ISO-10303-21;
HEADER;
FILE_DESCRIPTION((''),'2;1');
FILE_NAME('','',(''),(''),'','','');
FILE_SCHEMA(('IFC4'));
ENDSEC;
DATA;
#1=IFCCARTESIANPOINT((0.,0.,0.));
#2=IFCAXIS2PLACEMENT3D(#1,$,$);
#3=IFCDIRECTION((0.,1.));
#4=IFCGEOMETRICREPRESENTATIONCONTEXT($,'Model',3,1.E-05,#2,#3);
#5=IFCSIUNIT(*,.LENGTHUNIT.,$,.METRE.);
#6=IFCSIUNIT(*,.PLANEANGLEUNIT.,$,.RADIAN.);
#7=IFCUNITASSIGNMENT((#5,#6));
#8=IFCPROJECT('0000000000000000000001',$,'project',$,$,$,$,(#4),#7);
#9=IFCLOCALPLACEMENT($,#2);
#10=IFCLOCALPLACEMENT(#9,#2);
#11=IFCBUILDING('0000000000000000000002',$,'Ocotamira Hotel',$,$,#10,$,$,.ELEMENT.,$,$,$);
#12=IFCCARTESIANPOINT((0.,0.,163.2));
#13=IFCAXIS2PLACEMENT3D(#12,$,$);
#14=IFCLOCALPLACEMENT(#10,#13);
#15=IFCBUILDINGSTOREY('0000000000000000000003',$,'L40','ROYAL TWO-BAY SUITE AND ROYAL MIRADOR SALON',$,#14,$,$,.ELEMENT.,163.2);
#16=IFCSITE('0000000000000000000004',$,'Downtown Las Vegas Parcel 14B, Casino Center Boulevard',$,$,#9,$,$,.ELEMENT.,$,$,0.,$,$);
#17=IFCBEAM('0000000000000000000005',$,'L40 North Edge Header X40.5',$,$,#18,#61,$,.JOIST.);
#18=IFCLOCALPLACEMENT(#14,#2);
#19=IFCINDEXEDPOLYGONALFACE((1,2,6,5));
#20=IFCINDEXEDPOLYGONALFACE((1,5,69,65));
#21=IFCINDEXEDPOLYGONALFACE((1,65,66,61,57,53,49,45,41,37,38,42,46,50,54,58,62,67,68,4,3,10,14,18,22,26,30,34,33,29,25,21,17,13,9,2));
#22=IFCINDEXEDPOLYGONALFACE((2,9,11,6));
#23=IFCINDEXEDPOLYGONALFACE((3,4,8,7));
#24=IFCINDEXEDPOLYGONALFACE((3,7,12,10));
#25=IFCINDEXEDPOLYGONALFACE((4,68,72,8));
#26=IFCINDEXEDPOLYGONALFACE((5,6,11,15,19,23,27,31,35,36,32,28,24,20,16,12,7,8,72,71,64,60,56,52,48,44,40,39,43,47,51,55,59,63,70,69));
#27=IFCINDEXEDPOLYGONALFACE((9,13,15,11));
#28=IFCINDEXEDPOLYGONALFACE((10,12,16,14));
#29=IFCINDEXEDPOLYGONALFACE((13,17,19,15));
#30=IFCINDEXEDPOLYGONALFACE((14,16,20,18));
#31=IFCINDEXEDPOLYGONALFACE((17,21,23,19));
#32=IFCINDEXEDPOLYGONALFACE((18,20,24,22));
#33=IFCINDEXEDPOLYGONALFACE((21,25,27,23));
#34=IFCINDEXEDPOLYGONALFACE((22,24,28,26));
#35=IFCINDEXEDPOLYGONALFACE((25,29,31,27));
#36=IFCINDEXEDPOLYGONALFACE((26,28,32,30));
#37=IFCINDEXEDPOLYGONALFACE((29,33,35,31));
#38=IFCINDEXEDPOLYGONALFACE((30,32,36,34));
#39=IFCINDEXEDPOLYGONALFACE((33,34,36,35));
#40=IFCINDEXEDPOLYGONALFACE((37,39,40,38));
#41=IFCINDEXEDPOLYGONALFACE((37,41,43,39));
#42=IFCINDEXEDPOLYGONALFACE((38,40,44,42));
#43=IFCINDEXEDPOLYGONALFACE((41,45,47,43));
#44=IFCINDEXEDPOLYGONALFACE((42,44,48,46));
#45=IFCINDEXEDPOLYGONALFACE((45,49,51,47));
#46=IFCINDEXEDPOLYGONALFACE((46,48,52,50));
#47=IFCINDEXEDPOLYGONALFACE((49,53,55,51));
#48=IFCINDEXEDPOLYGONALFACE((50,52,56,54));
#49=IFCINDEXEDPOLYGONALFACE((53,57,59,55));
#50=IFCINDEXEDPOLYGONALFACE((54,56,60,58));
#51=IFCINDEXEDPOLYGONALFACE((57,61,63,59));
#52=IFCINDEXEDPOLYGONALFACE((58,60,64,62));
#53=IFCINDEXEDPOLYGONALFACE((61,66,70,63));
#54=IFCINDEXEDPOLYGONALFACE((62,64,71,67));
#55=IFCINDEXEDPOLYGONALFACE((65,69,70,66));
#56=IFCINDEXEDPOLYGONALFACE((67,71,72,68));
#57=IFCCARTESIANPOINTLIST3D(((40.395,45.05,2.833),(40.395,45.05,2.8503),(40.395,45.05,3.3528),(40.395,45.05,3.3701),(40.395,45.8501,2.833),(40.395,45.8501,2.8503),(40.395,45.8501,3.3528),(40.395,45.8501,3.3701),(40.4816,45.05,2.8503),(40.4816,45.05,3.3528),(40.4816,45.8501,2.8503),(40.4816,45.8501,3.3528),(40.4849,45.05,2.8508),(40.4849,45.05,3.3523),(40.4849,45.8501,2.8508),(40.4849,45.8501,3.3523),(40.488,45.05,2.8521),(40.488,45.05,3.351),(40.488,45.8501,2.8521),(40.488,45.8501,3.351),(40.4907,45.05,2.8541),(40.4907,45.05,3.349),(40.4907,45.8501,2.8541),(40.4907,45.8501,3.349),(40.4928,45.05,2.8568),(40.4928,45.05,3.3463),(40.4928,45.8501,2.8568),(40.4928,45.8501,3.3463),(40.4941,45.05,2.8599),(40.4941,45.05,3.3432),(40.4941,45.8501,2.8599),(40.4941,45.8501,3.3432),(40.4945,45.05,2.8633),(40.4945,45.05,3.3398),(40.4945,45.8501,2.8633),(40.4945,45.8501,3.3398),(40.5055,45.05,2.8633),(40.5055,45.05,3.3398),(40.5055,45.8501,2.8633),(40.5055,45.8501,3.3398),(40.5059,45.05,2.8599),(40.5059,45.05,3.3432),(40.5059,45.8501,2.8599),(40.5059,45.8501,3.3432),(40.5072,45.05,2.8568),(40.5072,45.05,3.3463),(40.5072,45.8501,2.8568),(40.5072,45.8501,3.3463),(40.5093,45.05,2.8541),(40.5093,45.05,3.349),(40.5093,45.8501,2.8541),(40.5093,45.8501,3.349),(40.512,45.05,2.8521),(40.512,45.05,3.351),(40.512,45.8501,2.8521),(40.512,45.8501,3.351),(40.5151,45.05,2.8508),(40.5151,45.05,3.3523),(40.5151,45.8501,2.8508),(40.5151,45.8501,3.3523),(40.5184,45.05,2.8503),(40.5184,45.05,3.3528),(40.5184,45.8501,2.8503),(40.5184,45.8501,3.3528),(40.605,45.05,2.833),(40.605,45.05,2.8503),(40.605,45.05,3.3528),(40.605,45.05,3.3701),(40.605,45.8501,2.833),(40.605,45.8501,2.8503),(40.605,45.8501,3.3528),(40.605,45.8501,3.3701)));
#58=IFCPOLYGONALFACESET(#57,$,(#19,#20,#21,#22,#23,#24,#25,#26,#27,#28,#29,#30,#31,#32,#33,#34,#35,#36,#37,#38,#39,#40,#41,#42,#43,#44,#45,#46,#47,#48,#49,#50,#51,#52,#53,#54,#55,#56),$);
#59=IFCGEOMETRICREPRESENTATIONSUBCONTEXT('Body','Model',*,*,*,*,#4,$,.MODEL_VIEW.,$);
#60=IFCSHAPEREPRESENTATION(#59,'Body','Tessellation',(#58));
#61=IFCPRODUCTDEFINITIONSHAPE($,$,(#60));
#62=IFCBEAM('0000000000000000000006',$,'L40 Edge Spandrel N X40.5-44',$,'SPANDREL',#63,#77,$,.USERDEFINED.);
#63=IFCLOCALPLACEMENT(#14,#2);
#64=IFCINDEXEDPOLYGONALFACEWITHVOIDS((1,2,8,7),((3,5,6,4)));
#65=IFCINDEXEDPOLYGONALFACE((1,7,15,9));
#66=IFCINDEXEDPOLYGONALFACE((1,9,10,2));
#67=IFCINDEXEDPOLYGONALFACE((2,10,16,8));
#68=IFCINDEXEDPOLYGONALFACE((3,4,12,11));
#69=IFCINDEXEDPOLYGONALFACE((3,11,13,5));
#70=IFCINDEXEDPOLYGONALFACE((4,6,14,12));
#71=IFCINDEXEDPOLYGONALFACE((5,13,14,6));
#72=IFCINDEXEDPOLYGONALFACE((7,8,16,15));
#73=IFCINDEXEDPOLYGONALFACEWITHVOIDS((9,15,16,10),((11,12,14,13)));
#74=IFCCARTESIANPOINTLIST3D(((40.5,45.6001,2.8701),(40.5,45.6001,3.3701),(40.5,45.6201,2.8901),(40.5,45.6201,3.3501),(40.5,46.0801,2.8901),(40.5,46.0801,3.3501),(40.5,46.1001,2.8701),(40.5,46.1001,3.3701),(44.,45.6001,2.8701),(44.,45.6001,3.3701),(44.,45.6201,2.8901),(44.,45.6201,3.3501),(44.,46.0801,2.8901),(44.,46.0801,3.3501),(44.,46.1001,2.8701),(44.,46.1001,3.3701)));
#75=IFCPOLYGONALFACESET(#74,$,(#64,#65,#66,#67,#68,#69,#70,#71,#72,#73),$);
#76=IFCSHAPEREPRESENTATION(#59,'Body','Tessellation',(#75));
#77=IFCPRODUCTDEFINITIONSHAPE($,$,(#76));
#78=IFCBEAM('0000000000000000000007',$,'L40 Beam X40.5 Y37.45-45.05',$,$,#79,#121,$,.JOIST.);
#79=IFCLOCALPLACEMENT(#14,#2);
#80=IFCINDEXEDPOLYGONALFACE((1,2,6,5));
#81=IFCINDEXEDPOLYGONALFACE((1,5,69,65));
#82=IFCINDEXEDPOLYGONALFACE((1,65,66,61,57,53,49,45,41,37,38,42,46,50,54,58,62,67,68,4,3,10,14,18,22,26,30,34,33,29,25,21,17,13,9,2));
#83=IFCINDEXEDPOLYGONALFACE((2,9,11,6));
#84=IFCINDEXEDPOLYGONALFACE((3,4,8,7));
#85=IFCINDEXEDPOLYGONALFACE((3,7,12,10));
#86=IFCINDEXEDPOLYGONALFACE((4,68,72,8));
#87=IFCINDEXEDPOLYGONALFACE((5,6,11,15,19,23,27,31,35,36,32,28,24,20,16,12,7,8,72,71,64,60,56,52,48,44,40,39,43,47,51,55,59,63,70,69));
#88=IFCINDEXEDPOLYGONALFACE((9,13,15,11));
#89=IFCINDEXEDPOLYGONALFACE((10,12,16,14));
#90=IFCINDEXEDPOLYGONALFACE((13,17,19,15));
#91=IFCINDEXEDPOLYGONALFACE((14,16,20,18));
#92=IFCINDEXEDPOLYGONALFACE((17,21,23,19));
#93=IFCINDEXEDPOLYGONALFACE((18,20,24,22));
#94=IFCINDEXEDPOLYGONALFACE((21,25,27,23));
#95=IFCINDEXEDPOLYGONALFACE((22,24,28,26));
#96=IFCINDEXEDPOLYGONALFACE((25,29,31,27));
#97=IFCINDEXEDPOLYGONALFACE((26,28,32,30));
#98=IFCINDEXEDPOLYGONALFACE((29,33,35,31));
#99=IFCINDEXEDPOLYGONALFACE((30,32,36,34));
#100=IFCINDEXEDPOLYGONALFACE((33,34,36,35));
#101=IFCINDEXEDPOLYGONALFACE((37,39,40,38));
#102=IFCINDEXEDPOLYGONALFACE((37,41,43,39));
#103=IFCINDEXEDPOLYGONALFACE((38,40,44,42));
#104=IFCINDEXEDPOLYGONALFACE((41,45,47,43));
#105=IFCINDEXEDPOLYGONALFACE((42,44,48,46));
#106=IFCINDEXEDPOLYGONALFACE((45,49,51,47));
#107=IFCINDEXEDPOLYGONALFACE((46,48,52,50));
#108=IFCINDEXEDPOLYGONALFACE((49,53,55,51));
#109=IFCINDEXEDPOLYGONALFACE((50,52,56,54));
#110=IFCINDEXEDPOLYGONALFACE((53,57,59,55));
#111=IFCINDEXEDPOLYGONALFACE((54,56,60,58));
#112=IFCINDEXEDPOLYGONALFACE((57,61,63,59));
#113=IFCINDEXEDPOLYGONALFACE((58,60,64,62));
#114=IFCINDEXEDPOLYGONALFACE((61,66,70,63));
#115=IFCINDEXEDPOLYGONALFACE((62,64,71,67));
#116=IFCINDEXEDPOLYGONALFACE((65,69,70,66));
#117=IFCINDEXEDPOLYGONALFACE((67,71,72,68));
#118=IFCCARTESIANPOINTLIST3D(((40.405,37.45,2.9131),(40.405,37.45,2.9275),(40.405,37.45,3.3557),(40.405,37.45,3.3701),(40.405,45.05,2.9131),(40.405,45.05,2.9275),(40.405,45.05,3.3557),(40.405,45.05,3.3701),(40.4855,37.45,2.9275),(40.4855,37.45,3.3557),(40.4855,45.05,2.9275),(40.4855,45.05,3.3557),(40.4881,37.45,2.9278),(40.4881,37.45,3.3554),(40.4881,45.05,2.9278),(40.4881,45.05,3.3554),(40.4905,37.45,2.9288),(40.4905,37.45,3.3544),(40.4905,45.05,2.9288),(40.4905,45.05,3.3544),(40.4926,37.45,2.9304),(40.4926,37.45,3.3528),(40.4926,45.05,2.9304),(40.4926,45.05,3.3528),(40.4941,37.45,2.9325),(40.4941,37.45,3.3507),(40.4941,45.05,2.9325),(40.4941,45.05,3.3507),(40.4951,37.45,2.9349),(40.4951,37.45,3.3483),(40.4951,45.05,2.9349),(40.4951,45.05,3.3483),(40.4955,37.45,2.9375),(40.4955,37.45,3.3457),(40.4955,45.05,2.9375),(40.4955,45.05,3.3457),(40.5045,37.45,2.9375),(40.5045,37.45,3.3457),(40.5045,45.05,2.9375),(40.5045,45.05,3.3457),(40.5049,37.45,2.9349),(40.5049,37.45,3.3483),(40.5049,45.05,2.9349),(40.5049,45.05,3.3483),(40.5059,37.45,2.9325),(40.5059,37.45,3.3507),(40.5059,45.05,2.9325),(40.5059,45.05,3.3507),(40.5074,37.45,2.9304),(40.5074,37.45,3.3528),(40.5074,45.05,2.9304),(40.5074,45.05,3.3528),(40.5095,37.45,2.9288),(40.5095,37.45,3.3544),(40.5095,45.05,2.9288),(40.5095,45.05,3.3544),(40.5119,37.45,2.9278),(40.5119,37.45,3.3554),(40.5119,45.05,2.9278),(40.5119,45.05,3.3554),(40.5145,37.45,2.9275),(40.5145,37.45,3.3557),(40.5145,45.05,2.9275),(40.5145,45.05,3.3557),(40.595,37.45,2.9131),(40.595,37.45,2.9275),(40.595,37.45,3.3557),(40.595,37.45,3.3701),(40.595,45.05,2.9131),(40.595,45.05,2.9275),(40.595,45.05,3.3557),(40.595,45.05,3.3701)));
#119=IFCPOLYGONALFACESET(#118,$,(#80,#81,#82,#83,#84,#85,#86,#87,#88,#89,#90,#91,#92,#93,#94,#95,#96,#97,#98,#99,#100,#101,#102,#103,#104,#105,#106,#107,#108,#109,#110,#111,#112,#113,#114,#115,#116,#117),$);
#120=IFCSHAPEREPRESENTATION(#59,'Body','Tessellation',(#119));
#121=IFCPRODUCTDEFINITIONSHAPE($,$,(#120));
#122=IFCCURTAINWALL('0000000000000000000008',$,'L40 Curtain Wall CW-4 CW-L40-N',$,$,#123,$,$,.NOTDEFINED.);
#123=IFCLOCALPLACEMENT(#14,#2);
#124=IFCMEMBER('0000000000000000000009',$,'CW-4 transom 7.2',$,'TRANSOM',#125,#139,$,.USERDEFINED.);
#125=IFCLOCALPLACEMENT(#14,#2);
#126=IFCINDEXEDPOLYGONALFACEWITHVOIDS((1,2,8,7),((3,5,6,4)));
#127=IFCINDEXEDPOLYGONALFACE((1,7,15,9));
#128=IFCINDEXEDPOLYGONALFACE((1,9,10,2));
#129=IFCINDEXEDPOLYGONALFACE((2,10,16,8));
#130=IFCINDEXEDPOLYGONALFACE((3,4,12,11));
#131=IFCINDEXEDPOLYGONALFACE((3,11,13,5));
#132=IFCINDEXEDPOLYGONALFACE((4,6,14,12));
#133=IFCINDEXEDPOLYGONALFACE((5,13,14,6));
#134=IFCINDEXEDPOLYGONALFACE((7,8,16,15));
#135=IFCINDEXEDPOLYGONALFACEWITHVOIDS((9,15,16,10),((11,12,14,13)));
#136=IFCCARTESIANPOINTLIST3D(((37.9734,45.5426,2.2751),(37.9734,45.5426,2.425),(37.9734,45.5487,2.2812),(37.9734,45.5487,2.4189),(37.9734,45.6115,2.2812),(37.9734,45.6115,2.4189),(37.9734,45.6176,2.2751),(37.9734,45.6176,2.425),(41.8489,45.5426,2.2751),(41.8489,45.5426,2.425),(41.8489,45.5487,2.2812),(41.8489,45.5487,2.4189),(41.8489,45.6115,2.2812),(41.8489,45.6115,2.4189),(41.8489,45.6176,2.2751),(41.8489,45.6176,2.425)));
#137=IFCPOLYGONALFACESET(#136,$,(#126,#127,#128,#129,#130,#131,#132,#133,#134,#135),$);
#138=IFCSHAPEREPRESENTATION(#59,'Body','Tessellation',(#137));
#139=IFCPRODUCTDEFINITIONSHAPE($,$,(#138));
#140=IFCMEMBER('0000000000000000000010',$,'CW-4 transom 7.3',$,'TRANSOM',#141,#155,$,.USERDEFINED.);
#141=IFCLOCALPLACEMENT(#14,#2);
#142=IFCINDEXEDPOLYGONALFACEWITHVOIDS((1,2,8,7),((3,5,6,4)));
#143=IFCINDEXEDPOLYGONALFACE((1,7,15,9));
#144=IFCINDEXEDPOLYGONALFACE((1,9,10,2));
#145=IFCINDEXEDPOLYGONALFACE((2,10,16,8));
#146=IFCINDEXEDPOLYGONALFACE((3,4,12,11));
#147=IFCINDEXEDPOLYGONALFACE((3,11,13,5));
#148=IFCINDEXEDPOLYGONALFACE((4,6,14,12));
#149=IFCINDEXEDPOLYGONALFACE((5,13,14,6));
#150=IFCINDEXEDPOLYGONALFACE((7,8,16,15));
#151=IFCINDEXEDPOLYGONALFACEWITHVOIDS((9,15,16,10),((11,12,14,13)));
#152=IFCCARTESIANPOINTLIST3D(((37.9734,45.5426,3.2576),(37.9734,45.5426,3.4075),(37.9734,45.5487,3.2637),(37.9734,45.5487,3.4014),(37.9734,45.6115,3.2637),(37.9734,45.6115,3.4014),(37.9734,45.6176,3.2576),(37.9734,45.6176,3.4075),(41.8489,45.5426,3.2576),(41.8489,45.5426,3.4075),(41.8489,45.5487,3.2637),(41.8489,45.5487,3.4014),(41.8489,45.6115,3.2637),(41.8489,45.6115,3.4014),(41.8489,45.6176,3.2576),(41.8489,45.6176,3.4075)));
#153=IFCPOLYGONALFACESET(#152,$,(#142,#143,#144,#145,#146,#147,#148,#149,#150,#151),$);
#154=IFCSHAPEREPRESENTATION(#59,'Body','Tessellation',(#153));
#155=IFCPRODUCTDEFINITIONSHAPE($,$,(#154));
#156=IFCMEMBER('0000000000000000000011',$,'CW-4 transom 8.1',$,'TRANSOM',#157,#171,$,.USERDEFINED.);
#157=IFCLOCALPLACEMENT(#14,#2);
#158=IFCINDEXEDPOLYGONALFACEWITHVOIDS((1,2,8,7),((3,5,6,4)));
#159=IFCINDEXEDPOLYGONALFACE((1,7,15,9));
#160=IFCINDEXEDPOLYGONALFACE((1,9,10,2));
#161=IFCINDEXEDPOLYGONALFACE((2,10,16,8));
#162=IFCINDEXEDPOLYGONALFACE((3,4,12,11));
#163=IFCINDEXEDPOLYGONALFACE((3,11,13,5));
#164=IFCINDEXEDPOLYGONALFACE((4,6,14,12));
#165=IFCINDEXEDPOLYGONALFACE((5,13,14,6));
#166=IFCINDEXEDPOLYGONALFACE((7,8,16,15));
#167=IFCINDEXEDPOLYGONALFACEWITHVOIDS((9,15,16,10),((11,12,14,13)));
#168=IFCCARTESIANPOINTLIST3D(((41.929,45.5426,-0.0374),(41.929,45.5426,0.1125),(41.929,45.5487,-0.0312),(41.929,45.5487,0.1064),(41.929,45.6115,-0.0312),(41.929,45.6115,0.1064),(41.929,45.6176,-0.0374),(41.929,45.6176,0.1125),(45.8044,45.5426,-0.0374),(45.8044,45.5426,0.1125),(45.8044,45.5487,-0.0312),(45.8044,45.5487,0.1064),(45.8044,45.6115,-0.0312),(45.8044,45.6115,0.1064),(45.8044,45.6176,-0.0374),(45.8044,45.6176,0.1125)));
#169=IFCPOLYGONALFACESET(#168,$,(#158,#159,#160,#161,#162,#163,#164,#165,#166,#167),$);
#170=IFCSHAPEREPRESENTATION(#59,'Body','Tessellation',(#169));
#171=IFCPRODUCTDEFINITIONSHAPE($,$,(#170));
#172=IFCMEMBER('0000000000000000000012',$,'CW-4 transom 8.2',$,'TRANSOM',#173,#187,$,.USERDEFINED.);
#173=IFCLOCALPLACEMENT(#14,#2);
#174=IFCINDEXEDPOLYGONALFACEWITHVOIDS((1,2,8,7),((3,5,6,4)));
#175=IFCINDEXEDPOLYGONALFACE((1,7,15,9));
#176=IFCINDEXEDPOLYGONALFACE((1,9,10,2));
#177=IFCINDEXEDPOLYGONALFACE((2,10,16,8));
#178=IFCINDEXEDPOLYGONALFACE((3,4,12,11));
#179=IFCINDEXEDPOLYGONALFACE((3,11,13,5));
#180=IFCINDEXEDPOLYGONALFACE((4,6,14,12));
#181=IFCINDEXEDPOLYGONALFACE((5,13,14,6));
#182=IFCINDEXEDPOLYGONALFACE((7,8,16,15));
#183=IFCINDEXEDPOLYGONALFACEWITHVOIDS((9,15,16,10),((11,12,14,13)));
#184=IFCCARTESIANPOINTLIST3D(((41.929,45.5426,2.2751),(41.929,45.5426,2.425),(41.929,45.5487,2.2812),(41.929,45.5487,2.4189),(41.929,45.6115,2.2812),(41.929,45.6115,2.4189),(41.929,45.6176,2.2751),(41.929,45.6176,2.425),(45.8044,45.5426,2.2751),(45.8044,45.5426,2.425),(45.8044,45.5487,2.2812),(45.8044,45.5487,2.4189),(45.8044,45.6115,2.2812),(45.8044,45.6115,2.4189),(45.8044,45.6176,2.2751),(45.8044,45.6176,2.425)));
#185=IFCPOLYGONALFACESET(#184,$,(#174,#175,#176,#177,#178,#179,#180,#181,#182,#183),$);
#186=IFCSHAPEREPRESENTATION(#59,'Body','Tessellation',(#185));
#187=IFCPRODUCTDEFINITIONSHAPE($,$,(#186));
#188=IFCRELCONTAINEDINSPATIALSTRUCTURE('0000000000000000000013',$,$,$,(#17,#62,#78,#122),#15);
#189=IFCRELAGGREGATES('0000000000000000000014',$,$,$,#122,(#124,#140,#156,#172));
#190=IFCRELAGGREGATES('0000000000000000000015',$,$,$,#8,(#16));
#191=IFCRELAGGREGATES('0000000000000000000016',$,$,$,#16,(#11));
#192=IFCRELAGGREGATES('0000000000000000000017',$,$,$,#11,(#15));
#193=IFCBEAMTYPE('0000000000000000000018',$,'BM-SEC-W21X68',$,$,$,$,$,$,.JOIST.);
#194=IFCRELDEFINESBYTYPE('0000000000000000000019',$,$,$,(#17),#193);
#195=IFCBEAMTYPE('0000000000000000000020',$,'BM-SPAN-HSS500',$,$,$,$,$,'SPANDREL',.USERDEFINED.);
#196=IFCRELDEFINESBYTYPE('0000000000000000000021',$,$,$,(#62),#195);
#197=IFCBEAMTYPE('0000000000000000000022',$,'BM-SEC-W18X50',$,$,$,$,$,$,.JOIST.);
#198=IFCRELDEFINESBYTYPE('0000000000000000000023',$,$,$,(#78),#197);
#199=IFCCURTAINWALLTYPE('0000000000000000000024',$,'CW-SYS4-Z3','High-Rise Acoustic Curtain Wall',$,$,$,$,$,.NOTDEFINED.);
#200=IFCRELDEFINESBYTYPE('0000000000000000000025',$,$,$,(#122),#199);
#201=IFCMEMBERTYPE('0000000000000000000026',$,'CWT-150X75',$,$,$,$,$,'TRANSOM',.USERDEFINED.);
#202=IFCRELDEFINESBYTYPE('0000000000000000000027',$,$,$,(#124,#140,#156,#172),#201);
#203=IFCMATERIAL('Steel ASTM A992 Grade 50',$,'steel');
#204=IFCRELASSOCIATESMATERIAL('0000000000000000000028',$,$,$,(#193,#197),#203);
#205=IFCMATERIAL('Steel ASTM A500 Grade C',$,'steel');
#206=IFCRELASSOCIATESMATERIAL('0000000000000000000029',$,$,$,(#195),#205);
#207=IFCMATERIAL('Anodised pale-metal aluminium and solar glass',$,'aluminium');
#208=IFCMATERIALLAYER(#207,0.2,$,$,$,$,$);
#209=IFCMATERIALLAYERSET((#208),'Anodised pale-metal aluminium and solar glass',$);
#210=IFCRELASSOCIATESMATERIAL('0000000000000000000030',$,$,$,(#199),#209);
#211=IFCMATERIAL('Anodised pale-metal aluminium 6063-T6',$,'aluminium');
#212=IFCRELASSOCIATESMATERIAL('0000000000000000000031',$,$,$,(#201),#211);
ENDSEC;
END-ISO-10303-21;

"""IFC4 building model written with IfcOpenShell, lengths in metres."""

from ifc_helpers import new_model, si_unit, direction, frame, origin, origin_2d, place, context, subcontext, project, spatial, hollow_rectangle, i_section, extrude, source, transform, mapped, material, layer, layer_set, material_profile, profile_set, type_object, element, aggregate, save


model = new_model("IFC4")

# Units and contexts
model_context = context("Model", 3, precision=1e-05, world=origin(), true_north=direction((0.0, 1.0)))
body_context = subcontext(model_context, "Body", "Model", "MODEL_VIEW")
ifc_project = project(units=[si_unit("LENGTHUNIT", "METRE"), si_unit("PLANEANGLEUNIT", "RADIAN")], contexts=[model_context])

# Site, building, storey
site_placement = place(None, origin())
site = spatial("IfcSite", under=ifc_project, at=site_placement, Name="Downtown Las Vegas Parcel 14B, Casino Center Boulevard", CompositionType="ELEMENT", RefElevation=0.0)
building_placement = place(site_placement, origin())
building = spatial("IfcBuilding", under=site, at=building_placement, Name="Ocotamira Hotel", CompositionType="ELEMENT")
storey_placement = place(building_placement, frame((0.0, 0.0, 163.2)))
storey = spatial("IfcBuildingStorey", under=building, at=storey_placement, Name="L40", Description="ROYAL TWO-BAY SUITE AND ROYAL MIRADOR SALON", CompositionType="ELEMENT", Elevation=163.2)

# Beams
ifc_material_1 = material(Name="Steel ASTM A992 Grade 50", Category="steel")
ifc_material_profile_1 = material_profile(ifc_material_1, i_section(OverallWidth=0.21, OverallDepth=0.5371, WebThickness=0.011, FlangeThickness=0.0173, FilletRadius=0.0129, at=origin_2d()), Name="W21X68")
ifc_profile_set_1 = profile_set([ifc_material_profile_1], Name="Steel ASTM A992 Grade 50")
beam_type_1 = type_object("IfcBeamType", Name="BM-SEC-W21X68", PredefinedType="JOIST", material=ifc_profile_set_1)
shared_shape_1 = source(origin(), body_context, "Body", "SweptSolid", [
    extrude(i_section(OverallWidth=0.21, OverallDepth=0.5371, WebThickness=0.011, FlangeThickness=0.0173, FilletRadius=0.0129, at=origin_2d()), origin(), (0.0, 0.0, 1.0), 0.8),
])
beam_1_placement = place(storey_placement, frame((40.5, 45.05, 3.1016), z_axis=(0.0, 1.0, 0.0), x_axis=(-1.0, 0.0, 0.0)))
element("IfcBeam", 1, at=beam_1_placement, inside=storey, type_object=beam_type_1, Name="L40 North Edge Header X40.5", PredefinedType="JOIST", context=body_context, shape_type="MappedRepresentation", body=[
    mapped(shared_shape_1, transform((0.0, 0.0, 0.0), scale=1.0)),
])
ifc_material_2 = material(Name="Steel ASTM A500 Grade C", Category="steel")
ifc_material_profile_2 = material_profile(ifc_material_2, hollow_rectangle(XDim=0.5, YDim=0.5, WallThickness=0.02, at=origin_2d()), Name="HSS500X500X20")
ifc_profile_set_2 = profile_set([ifc_material_profile_2], Name="Steel ASTM A500 Grade C")
beam_type_2 = type_object("IfcBeamType", Name="BM-SPAN-HSS500", ElementType="SPANDREL", PredefinedType="USERDEFINED", material=ifc_profile_set_2)
shared_shape_2 = source(origin(), body_context, "Body", "SweptSolid", [
    extrude(hollow_rectangle(XDim=0.5, YDim=0.5, WallThickness=0.02, at=origin_2d()), origin(), (0.0, 0.0, 1.0), 3.5),
])
beam_2_placement = place(storey_placement, frame((40.5, 45.8501, 3.1201), z_axis=(1.0, 0.0, 0.0), x_axis=(0.0, 1.0, 0.0)))
element("IfcBeam", 2, at=beam_2_placement, inside=storey, type_object=beam_type_2, Name="L40 Edge Spandrel N X40.5-44", ObjectType="SPANDREL", PredefinedType="USERDEFINED", context=body_context, shape_type="MappedRepresentation", body=[
    mapped(shared_shape_2, transform((0.0, 0.0, 0.0), scale=1.0)),
])
ifc_material_profile_3 = material_profile(ifc_material_1, i_section(OverallWidth=0.1899, OverallDepth=0.457, WebThickness=0.009, FlangeThickness=0.0144, FilletRadius=0.01, at=origin_2d()), Name="W18X50")
ifc_profile_set_3 = profile_set([ifc_material_profile_3], Name="Steel ASTM A992 Grade 50")
beam_type_3 = type_object("IfcBeamType", Name="BM-SEC-W18X50", PredefinedType="JOIST", material=ifc_profile_set_3)
shared_shape_3 = source(origin(), body_context, "Body", "SweptSolid", [
    extrude(i_section(OverallWidth=0.1899, OverallDepth=0.457, WebThickness=0.009, FlangeThickness=0.0144, FilletRadius=0.01, at=origin_2d()), origin(), (0.0, 0.0, 1.0), 7.6001),
])
beam_3_placement = place(storey_placement, frame((40.5, 37.45, 3.1416), z_axis=(0.0, 1.0, 0.0), x_axis=(-1.0, 0.0, 0.0)))
element("IfcBeam", 3, at=beam_3_placement, inside=storey, type_object=beam_type_3, Name="L40 Beam X40.5 Y37.45-45.05", PredefinedType="JOIST", context=body_context, shape_type="MappedRepresentation", body=[
    mapped(shared_shape_3, transform((0.0, 0.0, 0.0), scale=1.0)),
])

# Curtain wall, members
ifc_material_3 = material(Name="Anodised pale-metal aluminium and solar glass", Category="aluminium")
ifc_layer_1 = layer(ifc_material_3, 0.2)
ifc_layer_set_1 = layer_set([ifc_layer_1], Name="Anodised pale-metal aluminium and solar glass")
curtain_wall_type = type_object("IfcCurtainWallType", Name="CW-SYS4-Z3", Description="High-Rise Acoustic Curtain Wall", PredefinedType="NOTDEFINED", material=ifc_layer_set_1)
curtain_wall_placement = place(storey_placement, origin())
curtain_wall = element("IfcCurtainWall", 4, at=curtain_wall_placement, inside=storey, type_object=curtain_wall_type, Name="L40 Curtain Wall CW-4 CW-L40-N", PredefinedType="NOTDEFINED")
ifc_material_4 = material(Name="Anodised pale-metal aluminium 6063-T6", Category="aluminium")
ifc_material_profile_4 = material_profile(ifc_material_4, hollow_rectangle(XDim=0.075, YDim=0.1499, WallThickness=0.0061, at=origin_2d()), Name="HSS150X75X6")
ifc_profile_set_4 = profile_set([ifc_material_profile_4], Name="Anodised pale-metal aluminium 6063-T6")
member_type_1 = type_object("IfcMemberType", Name="CWT-150X75", ElementType="TRANSOM", PredefinedType="USERDEFINED", material=ifc_profile_set_4)
shared_shape_4 = source(origin(), body_context, "Body", "SweptSolid", [
    extrude(hollow_rectangle(XDim=0.075, YDim=0.1499, WallThickness=0.0061, at=origin_2d()), origin(), (0.0, 0.0, 1.0), 3.8755),
])
member_1_placement = place(storey_placement, frame((37.9734, 45.5801, 2.3501), z_axis=(1.0, 0.0, 0.0), x_axis=(0.0, 1.0, 0.0)))
member_1 = element("IfcMember", 5, at=member_1_placement, type_object=member_type_1, Name="CW-4 transom 7.2", ObjectType="TRANSOM", PredefinedType="USERDEFINED", context=body_context, shape_type="MappedRepresentation", body=[
    mapped(shared_shape_4, transform((0.0, 0.0, 0.0), scale=1.0)),
])
member_2_placement = place(storey_placement, frame((37.9734, 45.5801, 3.3325), z_axis=(1.0, 0.0, 0.0), x_axis=(0.0, 1.0, 0.0)))
member_2 = element("IfcMember", 6, at=member_2_placement, type_object=member_type_1, Name="CW-4 transom 7.3", ObjectType="TRANSOM", PredefinedType="USERDEFINED", context=body_context, shape_type="MappedRepresentation", body=[
    mapped(shared_shape_4, transform((0.0, 0.0, 0.0), scale=1.0)),
])
member_3_placement = place(storey_placement, frame((41.929, 45.5801, 0.0376), z_axis=(1.0, 0.0, 0.0), x_axis=(0.0, 1.0, 0.0)))
member_3 = element("IfcMember", 7, at=member_3_placement, type_object=member_type_1, Name="CW-4 transom 8.1", ObjectType="TRANSOM", PredefinedType="USERDEFINED", context=body_context, shape_type="MappedRepresentation", body=[
    mapped(shared_shape_4, transform((0.0, 0.0, 0.0), scale=1.0)),
])
member_4_placement = place(storey_placement, frame((41.929, 45.5801, 2.3501), z_axis=(1.0, 0.0, 0.0), x_axis=(0.0, 1.0, 0.0)))
member_4 = element("IfcMember", 8, at=member_4_placement, type_object=member_type_1, Name="CW-4 transom 8.2", ObjectType="TRANSOM", PredefinedType="USERDEFINED", context=body_context, shape_type="MappedRepresentation", body=[
    mapped(shared_shape_4, transform((0.0, 0.0, 0.0), scale=1.0)),
])

aggregate(curtain_wall, [member_1, member_2, member_3, member_4])

save(model, "model.ifc")
